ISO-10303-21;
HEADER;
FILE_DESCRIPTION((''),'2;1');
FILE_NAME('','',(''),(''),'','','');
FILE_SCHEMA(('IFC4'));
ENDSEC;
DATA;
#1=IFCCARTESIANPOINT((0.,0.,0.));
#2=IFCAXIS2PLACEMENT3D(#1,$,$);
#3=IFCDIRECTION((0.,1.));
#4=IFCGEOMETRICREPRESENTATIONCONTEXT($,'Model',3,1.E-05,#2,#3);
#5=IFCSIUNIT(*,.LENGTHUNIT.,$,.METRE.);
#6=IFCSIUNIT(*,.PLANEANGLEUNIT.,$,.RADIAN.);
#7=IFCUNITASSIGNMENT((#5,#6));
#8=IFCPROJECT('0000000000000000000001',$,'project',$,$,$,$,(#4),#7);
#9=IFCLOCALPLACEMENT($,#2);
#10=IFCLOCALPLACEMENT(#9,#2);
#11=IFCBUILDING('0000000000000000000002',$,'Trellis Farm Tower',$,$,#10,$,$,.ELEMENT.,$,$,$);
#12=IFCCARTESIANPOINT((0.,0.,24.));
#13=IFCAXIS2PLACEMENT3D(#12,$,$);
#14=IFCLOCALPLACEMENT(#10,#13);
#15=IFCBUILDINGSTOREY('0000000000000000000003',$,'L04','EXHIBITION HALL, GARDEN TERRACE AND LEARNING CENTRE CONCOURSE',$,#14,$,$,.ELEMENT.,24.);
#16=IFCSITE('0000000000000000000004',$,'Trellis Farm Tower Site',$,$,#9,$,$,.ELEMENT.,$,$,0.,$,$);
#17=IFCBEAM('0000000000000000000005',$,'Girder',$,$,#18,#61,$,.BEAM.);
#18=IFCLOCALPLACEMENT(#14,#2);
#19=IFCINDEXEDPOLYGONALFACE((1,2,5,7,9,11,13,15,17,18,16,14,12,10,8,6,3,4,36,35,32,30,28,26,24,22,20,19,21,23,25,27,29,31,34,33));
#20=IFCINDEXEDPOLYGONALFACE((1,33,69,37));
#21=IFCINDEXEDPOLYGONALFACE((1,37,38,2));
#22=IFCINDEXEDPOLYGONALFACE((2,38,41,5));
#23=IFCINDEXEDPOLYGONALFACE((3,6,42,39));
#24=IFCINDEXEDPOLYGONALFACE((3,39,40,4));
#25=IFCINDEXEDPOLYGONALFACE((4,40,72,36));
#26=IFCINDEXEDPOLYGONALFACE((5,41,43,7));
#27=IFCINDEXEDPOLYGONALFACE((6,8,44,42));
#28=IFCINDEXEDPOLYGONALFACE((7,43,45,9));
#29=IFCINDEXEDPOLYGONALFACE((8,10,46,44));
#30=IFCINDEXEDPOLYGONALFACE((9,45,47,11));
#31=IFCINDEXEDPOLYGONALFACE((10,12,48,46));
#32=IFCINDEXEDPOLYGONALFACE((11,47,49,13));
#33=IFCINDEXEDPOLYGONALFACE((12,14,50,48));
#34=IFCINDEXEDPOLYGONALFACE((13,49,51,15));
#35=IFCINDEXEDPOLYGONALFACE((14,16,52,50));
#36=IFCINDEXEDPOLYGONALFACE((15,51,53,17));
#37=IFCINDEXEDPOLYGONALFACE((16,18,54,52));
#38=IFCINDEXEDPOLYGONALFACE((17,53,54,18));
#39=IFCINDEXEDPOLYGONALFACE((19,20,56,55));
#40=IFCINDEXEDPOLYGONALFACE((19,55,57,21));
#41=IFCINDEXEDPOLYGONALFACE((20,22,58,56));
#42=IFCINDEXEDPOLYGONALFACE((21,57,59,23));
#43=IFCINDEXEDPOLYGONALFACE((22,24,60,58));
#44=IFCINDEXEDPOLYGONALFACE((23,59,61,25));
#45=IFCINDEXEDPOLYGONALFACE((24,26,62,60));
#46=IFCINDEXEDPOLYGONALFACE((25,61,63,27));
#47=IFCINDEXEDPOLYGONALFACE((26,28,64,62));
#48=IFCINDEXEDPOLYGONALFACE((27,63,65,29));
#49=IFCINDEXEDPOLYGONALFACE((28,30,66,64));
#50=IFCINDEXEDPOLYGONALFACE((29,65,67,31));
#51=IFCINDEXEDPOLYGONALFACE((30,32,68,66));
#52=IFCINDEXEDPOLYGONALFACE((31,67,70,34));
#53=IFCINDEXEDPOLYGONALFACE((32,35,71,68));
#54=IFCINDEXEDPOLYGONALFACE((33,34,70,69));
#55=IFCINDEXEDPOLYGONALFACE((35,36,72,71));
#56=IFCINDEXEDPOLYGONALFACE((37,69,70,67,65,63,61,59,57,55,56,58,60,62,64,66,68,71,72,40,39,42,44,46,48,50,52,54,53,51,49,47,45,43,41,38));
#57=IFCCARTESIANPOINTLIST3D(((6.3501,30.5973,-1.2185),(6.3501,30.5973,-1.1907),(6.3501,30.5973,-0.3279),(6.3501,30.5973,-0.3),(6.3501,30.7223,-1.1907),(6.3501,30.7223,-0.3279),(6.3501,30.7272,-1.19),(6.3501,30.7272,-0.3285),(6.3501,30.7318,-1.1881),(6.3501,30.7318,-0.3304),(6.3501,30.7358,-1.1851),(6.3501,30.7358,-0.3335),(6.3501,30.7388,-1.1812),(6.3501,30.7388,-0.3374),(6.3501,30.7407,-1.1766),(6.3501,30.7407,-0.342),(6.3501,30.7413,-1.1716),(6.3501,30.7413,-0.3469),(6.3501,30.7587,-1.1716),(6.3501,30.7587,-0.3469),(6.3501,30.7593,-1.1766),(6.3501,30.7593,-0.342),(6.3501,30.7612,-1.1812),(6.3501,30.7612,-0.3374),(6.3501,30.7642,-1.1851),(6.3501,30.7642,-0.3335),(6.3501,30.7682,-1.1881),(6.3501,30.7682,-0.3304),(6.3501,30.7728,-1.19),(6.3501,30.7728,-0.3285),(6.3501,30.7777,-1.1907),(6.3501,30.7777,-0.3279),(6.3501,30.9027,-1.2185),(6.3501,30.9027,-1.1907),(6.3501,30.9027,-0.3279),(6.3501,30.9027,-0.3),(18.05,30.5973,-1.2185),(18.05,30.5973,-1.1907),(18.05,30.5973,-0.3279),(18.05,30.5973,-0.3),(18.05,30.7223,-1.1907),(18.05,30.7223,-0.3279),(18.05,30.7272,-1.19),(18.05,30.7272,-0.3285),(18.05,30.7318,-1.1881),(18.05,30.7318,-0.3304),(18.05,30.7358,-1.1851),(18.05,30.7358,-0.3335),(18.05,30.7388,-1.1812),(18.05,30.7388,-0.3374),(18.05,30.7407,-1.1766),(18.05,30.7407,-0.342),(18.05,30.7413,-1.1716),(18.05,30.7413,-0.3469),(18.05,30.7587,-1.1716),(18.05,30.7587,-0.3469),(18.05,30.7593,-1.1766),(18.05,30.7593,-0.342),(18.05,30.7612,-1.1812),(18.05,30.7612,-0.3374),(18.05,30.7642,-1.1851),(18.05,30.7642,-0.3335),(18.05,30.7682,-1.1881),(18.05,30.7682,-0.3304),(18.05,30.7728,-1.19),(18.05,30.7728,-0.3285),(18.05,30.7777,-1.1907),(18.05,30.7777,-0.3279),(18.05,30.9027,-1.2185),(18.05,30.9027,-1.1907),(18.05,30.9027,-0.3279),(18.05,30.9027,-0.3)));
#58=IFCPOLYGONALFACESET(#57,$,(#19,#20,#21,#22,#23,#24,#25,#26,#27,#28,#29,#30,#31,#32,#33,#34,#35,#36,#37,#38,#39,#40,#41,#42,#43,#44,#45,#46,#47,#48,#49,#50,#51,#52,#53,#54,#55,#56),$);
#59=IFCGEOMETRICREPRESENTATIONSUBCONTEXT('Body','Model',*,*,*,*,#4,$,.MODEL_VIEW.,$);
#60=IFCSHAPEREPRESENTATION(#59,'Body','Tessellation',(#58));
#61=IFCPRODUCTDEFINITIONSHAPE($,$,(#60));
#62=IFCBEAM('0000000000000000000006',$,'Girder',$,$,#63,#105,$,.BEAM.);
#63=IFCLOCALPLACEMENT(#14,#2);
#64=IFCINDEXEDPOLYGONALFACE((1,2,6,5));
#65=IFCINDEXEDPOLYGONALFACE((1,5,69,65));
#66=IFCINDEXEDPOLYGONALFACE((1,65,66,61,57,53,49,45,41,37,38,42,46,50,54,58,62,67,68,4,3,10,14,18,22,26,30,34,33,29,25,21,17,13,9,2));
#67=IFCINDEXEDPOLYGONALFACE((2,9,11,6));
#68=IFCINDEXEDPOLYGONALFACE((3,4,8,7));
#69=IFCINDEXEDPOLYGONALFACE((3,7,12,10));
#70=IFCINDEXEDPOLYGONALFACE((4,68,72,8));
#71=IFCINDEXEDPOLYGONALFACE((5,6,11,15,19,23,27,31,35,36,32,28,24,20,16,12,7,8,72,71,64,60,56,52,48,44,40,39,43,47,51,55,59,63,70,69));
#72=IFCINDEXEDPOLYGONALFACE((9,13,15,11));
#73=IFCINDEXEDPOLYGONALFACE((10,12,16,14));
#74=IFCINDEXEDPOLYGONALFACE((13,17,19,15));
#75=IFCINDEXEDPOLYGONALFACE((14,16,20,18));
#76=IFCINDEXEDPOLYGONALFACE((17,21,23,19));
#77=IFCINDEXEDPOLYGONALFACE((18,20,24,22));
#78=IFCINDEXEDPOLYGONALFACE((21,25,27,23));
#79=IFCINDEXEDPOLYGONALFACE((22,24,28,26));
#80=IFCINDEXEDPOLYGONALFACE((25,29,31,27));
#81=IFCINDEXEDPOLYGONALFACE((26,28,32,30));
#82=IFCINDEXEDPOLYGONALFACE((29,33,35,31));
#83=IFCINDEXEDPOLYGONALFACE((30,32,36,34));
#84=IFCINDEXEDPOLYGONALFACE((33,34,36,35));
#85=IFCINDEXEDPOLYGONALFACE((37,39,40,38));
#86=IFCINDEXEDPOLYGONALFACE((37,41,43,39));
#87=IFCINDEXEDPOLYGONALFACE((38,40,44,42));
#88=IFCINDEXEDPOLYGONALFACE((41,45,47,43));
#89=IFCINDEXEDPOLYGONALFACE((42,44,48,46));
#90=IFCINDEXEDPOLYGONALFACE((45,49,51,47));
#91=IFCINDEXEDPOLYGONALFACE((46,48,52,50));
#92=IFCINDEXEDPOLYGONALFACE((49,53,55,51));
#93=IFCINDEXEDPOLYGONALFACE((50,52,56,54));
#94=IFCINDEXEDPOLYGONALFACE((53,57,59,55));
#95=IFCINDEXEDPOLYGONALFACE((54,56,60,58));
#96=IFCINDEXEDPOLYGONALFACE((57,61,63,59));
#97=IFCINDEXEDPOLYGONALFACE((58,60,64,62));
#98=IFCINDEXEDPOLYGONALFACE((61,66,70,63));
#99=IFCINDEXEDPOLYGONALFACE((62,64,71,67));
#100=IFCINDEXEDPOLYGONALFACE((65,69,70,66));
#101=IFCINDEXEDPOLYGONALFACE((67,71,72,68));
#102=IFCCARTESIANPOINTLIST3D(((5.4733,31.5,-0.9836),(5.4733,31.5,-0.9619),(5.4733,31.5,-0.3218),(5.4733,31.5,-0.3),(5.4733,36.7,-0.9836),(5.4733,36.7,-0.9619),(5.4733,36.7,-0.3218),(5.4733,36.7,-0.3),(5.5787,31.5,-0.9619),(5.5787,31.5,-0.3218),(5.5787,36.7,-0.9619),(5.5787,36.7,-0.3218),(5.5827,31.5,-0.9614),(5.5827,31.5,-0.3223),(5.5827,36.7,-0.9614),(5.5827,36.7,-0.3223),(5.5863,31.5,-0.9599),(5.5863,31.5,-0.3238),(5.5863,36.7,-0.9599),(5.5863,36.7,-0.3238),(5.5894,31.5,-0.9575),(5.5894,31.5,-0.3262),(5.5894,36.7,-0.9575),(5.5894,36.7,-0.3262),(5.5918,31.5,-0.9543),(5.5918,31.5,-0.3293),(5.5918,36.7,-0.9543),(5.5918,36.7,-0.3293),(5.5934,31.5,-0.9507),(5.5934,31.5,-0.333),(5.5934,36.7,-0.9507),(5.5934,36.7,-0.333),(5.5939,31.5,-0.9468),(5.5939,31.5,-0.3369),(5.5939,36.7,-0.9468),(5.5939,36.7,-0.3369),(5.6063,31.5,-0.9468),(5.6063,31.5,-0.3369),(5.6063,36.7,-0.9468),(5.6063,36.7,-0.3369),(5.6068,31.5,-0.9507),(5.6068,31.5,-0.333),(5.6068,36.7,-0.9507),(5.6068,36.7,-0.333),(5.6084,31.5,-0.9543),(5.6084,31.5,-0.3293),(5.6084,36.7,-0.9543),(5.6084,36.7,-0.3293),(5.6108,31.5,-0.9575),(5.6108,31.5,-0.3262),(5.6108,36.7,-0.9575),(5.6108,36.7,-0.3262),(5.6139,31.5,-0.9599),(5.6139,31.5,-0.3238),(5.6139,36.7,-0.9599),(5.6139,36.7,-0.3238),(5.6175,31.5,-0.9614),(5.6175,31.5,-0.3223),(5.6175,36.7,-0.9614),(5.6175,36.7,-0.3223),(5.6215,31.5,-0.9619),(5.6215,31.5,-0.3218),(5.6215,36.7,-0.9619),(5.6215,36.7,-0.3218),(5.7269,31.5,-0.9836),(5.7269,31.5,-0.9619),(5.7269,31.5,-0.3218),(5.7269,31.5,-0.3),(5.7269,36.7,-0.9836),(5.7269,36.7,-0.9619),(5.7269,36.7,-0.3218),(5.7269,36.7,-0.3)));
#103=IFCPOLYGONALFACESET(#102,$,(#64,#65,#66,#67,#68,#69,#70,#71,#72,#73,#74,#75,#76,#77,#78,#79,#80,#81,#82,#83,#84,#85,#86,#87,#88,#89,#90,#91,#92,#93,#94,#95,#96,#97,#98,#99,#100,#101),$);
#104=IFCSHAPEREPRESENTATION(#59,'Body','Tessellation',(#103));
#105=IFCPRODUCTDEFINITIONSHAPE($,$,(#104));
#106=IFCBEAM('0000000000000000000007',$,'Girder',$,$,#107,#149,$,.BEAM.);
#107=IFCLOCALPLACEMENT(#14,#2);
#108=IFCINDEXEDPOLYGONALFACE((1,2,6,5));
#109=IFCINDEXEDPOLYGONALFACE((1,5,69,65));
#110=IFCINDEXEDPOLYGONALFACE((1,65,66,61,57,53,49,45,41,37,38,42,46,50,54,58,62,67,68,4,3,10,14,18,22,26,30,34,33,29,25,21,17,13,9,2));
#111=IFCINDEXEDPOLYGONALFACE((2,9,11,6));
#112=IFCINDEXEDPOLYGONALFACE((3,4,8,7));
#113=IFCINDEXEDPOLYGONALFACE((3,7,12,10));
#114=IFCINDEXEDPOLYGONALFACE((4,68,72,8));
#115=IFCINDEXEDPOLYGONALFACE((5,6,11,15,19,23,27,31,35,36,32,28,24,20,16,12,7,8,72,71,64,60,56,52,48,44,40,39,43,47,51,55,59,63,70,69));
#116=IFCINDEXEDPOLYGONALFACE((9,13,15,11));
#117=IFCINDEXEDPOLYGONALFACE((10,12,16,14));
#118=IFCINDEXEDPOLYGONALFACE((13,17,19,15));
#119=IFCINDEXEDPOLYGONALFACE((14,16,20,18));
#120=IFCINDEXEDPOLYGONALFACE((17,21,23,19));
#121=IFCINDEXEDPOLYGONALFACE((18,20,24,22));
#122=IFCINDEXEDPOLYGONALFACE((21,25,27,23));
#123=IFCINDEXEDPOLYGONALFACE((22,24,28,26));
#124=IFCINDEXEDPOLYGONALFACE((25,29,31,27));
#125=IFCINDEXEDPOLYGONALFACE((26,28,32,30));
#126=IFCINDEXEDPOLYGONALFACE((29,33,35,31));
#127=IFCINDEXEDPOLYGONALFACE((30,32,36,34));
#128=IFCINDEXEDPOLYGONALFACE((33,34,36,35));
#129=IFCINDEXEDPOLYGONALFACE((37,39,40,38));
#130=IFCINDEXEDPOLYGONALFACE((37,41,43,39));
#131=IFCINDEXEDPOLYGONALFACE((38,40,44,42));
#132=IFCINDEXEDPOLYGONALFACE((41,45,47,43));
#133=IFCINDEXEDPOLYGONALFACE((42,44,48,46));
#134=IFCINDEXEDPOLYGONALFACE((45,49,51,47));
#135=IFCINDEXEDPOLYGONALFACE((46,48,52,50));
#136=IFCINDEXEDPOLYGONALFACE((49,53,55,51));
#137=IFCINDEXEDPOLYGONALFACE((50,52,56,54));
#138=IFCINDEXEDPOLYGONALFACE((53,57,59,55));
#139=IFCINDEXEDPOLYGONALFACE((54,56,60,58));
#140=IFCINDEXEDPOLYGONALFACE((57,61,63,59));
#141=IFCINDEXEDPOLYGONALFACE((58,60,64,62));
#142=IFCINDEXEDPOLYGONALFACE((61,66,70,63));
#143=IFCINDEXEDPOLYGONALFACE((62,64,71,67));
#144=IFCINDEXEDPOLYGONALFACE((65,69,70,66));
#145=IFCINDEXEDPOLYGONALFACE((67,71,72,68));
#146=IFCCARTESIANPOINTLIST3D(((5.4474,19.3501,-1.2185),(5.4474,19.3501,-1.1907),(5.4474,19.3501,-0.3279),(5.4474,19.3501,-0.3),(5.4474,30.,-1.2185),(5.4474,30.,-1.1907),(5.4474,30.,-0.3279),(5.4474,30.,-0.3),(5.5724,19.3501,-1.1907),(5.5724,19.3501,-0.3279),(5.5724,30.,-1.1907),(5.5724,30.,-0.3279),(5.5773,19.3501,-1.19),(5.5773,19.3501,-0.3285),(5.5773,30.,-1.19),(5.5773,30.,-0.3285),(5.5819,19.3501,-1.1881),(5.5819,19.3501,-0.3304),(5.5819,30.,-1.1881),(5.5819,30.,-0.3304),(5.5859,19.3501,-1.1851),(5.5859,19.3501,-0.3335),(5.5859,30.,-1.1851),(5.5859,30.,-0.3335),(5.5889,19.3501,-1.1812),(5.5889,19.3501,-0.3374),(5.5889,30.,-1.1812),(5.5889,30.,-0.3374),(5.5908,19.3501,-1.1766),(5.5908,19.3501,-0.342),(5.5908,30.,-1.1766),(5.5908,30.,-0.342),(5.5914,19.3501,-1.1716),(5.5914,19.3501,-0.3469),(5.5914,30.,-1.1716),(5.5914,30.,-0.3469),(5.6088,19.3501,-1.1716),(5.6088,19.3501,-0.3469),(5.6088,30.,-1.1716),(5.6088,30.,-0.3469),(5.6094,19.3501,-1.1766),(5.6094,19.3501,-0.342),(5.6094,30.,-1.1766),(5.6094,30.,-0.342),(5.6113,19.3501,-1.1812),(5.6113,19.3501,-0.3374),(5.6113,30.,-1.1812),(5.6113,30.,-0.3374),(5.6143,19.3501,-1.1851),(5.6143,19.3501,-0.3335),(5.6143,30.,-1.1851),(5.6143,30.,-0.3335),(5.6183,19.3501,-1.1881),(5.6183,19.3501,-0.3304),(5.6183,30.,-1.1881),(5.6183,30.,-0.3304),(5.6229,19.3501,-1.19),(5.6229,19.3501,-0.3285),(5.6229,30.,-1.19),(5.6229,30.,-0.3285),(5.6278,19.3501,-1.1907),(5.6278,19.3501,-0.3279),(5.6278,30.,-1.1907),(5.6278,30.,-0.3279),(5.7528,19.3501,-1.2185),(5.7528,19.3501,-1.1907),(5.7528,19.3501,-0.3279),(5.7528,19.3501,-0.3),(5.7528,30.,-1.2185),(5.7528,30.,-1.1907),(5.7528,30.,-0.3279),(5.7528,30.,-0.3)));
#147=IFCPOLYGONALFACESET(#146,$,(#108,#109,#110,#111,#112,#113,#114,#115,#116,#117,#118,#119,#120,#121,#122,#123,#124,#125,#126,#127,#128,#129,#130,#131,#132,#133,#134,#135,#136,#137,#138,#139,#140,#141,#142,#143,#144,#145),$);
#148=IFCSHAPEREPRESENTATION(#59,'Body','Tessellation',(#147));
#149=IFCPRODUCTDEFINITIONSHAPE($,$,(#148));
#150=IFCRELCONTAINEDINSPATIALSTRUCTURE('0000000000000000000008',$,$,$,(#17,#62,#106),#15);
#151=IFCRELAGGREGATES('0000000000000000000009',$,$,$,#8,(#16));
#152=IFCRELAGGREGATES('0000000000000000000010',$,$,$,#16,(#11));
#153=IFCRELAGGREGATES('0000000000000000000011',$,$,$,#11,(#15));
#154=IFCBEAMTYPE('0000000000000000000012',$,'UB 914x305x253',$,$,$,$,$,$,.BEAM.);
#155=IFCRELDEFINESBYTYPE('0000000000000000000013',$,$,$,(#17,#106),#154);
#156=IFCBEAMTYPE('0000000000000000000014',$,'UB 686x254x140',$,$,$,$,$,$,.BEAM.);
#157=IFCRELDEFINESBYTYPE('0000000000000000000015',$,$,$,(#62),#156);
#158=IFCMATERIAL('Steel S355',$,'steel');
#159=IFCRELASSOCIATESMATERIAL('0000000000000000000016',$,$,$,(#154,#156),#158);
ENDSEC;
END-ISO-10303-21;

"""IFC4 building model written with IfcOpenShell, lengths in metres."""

from ifc_helpers import new_model, si_unit, direction, frame, origin, origin_2d, place, context, subcontext, project, spatial, i_section, extrude, source, transform, mapped, material, material_profile, profile_set, type_object, element, save


model = new_model("IFC4")

# Units and contexts
model_context = context("Model", 3, precision=1e-05, world=origin(), true_north=direction((0.0, 1.0)))
body_context = subcontext(model_context, "Body", "Model", "MODEL_VIEW")
ifc_project = project(units=[si_unit("LENGTHUNIT", "METRE"), si_unit("PLANEANGLEUNIT", "RADIAN")], contexts=[model_context])

# Site, building, storey
site_placement = place(None, origin())
site = spatial("IfcSite", under=ifc_project, at=site_placement, Name="Trellis Farm Tower Site", CompositionType="ELEMENT", RefElevation=0.0)
building_placement = place(site_placement, origin())
building = spatial("IfcBuilding", under=site, at=building_placement, Name="Trellis Farm Tower", CompositionType="ELEMENT")
storey_placement = place(building_placement, frame((0.0, 0.0, 24.0)))
storey = spatial("IfcBuildingStorey", under=building, at=storey_placement, Name="L04", Description="EXHIBITION HALL, GARDEN TERRACE AND LEARNING CENTRE CONCOURSE", CompositionType="ELEMENT", Elevation=24.0)

# Beams
ifc_material_1 = material(Name="Steel S355", Category="steel")
ifc_material_profile_1 = material_profile(ifc_material_1, i_section(OverallWidth=0.3054, OverallDepth=0.9185, WebThickness=0.0173, FlangeThickness=0.0278, FilletRadius=0.019, at=origin_2d()), Name="UB 914x305x253")
ifc_profile_set_1 = profile_set([ifc_material_profile_1], Name="Steel S355")
beam_type_1 = type_object("IfcBeamType", Name="UB 914x305x253", PredefinedType="BEAM", material=ifc_profile_set_1)
shared_shape_1 = source(origin(), body_context, "Body", "SweptSolid", [
    extrude(i_section(OverallWidth=0.3054, OverallDepth=0.9185, WebThickness=0.0173, FlangeThickness=0.0278, FilletRadius=0.019, at=origin_2d()), origin(), (0.0, 0.0, 1.0), 11.7),
])
beam_1_placement = place(storey_placement, frame((6.3501, 30.75, -0.7593), z_axis=(1.0, 0.0, 0.0), x_axis=(0.0, 1.0, 0.0)))
element("IfcBeam", 1, at=beam_1_placement, inside=storey, type_object=beam_type_1, Name="Girder", PredefinedType="BEAM", context=body_context, shape_type="MappedRepresentation", body=[
    mapped(shared_shape_1, transform((0.0, 0.0, 0.0))),
])
ifc_material_profile_2 = material_profile(ifc_material_1, i_section(OverallWidth=0.2537, OverallDepth=0.6836, WebThickness=0.0125, FlangeThickness=0.0217, FilletRadius=0.0151, at=origin_2d()), Name="UB 686x254x140")
ifc_profile_set_2 = profile_set([ifc_material_profile_2], Name="Steel S355")
beam_type_2 = type_object("IfcBeamType", Name="UB 686x254x140", PredefinedType="BEAM", material=ifc_profile_set_2)
shared_shape_2 = source(origin(), body_context, "Body", "SweptSolid", [
    extrude(i_section(OverallWidth=0.2537, OverallDepth=0.6836, WebThickness=0.0125, FlangeThickness=0.0217, FilletRadius=0.0151, at=origin_2d()), origin(), (0.0, 0.0, 1.0), 5.2),
])
beam_2_placement = place(storey_placement, frame((5.6001, 31.5, -0.6418), z_axis=(0.0, 1.0, 0.0), x_axis=(-1.0, 0.0, 0.0)))
element("IfcBeam", 2, at=beam_2_placement, inside=storey, type_object=beam_type_2, Name="Girder", PredefinedType="BEAM", context=body_context, shape_type="MappedRepresentation", body=[
    mapped(shared_shape_2, transform((0.0, 0.0, 0.0))),
])
shared_shape_3 = source(origin(), body_context, "Body", "SweptSolid", [
    extrude(i_section(OverallWidth=0.3054, OverallDepth=0.9185, WebThickness=0.0173, FlangeThickness=0.0278, FilletRadius=0.019, at=origin_2d()), origin(), (0.0, 0.0, 1.0), 10.6499),
])
beam_3_placement = place(storey_placement, frame((5.6001, 19.3501, -0.7593), z_axis=(0.0, 1.0, 0.0), x_axis=(-1.0, 0.0, 0.0)))
element("IfcBeam", 3, at=beam_3_placement, inside=storey, type_object=beam_type_1, Name="Girder", PredefinedType="BEAM", context=body_context, shape_type="MappedRepresentation", body=[
    mapped(shared_shape_3, transform((0.0, 0.0, 0.0))),
])

save(model, "model.ifc")
